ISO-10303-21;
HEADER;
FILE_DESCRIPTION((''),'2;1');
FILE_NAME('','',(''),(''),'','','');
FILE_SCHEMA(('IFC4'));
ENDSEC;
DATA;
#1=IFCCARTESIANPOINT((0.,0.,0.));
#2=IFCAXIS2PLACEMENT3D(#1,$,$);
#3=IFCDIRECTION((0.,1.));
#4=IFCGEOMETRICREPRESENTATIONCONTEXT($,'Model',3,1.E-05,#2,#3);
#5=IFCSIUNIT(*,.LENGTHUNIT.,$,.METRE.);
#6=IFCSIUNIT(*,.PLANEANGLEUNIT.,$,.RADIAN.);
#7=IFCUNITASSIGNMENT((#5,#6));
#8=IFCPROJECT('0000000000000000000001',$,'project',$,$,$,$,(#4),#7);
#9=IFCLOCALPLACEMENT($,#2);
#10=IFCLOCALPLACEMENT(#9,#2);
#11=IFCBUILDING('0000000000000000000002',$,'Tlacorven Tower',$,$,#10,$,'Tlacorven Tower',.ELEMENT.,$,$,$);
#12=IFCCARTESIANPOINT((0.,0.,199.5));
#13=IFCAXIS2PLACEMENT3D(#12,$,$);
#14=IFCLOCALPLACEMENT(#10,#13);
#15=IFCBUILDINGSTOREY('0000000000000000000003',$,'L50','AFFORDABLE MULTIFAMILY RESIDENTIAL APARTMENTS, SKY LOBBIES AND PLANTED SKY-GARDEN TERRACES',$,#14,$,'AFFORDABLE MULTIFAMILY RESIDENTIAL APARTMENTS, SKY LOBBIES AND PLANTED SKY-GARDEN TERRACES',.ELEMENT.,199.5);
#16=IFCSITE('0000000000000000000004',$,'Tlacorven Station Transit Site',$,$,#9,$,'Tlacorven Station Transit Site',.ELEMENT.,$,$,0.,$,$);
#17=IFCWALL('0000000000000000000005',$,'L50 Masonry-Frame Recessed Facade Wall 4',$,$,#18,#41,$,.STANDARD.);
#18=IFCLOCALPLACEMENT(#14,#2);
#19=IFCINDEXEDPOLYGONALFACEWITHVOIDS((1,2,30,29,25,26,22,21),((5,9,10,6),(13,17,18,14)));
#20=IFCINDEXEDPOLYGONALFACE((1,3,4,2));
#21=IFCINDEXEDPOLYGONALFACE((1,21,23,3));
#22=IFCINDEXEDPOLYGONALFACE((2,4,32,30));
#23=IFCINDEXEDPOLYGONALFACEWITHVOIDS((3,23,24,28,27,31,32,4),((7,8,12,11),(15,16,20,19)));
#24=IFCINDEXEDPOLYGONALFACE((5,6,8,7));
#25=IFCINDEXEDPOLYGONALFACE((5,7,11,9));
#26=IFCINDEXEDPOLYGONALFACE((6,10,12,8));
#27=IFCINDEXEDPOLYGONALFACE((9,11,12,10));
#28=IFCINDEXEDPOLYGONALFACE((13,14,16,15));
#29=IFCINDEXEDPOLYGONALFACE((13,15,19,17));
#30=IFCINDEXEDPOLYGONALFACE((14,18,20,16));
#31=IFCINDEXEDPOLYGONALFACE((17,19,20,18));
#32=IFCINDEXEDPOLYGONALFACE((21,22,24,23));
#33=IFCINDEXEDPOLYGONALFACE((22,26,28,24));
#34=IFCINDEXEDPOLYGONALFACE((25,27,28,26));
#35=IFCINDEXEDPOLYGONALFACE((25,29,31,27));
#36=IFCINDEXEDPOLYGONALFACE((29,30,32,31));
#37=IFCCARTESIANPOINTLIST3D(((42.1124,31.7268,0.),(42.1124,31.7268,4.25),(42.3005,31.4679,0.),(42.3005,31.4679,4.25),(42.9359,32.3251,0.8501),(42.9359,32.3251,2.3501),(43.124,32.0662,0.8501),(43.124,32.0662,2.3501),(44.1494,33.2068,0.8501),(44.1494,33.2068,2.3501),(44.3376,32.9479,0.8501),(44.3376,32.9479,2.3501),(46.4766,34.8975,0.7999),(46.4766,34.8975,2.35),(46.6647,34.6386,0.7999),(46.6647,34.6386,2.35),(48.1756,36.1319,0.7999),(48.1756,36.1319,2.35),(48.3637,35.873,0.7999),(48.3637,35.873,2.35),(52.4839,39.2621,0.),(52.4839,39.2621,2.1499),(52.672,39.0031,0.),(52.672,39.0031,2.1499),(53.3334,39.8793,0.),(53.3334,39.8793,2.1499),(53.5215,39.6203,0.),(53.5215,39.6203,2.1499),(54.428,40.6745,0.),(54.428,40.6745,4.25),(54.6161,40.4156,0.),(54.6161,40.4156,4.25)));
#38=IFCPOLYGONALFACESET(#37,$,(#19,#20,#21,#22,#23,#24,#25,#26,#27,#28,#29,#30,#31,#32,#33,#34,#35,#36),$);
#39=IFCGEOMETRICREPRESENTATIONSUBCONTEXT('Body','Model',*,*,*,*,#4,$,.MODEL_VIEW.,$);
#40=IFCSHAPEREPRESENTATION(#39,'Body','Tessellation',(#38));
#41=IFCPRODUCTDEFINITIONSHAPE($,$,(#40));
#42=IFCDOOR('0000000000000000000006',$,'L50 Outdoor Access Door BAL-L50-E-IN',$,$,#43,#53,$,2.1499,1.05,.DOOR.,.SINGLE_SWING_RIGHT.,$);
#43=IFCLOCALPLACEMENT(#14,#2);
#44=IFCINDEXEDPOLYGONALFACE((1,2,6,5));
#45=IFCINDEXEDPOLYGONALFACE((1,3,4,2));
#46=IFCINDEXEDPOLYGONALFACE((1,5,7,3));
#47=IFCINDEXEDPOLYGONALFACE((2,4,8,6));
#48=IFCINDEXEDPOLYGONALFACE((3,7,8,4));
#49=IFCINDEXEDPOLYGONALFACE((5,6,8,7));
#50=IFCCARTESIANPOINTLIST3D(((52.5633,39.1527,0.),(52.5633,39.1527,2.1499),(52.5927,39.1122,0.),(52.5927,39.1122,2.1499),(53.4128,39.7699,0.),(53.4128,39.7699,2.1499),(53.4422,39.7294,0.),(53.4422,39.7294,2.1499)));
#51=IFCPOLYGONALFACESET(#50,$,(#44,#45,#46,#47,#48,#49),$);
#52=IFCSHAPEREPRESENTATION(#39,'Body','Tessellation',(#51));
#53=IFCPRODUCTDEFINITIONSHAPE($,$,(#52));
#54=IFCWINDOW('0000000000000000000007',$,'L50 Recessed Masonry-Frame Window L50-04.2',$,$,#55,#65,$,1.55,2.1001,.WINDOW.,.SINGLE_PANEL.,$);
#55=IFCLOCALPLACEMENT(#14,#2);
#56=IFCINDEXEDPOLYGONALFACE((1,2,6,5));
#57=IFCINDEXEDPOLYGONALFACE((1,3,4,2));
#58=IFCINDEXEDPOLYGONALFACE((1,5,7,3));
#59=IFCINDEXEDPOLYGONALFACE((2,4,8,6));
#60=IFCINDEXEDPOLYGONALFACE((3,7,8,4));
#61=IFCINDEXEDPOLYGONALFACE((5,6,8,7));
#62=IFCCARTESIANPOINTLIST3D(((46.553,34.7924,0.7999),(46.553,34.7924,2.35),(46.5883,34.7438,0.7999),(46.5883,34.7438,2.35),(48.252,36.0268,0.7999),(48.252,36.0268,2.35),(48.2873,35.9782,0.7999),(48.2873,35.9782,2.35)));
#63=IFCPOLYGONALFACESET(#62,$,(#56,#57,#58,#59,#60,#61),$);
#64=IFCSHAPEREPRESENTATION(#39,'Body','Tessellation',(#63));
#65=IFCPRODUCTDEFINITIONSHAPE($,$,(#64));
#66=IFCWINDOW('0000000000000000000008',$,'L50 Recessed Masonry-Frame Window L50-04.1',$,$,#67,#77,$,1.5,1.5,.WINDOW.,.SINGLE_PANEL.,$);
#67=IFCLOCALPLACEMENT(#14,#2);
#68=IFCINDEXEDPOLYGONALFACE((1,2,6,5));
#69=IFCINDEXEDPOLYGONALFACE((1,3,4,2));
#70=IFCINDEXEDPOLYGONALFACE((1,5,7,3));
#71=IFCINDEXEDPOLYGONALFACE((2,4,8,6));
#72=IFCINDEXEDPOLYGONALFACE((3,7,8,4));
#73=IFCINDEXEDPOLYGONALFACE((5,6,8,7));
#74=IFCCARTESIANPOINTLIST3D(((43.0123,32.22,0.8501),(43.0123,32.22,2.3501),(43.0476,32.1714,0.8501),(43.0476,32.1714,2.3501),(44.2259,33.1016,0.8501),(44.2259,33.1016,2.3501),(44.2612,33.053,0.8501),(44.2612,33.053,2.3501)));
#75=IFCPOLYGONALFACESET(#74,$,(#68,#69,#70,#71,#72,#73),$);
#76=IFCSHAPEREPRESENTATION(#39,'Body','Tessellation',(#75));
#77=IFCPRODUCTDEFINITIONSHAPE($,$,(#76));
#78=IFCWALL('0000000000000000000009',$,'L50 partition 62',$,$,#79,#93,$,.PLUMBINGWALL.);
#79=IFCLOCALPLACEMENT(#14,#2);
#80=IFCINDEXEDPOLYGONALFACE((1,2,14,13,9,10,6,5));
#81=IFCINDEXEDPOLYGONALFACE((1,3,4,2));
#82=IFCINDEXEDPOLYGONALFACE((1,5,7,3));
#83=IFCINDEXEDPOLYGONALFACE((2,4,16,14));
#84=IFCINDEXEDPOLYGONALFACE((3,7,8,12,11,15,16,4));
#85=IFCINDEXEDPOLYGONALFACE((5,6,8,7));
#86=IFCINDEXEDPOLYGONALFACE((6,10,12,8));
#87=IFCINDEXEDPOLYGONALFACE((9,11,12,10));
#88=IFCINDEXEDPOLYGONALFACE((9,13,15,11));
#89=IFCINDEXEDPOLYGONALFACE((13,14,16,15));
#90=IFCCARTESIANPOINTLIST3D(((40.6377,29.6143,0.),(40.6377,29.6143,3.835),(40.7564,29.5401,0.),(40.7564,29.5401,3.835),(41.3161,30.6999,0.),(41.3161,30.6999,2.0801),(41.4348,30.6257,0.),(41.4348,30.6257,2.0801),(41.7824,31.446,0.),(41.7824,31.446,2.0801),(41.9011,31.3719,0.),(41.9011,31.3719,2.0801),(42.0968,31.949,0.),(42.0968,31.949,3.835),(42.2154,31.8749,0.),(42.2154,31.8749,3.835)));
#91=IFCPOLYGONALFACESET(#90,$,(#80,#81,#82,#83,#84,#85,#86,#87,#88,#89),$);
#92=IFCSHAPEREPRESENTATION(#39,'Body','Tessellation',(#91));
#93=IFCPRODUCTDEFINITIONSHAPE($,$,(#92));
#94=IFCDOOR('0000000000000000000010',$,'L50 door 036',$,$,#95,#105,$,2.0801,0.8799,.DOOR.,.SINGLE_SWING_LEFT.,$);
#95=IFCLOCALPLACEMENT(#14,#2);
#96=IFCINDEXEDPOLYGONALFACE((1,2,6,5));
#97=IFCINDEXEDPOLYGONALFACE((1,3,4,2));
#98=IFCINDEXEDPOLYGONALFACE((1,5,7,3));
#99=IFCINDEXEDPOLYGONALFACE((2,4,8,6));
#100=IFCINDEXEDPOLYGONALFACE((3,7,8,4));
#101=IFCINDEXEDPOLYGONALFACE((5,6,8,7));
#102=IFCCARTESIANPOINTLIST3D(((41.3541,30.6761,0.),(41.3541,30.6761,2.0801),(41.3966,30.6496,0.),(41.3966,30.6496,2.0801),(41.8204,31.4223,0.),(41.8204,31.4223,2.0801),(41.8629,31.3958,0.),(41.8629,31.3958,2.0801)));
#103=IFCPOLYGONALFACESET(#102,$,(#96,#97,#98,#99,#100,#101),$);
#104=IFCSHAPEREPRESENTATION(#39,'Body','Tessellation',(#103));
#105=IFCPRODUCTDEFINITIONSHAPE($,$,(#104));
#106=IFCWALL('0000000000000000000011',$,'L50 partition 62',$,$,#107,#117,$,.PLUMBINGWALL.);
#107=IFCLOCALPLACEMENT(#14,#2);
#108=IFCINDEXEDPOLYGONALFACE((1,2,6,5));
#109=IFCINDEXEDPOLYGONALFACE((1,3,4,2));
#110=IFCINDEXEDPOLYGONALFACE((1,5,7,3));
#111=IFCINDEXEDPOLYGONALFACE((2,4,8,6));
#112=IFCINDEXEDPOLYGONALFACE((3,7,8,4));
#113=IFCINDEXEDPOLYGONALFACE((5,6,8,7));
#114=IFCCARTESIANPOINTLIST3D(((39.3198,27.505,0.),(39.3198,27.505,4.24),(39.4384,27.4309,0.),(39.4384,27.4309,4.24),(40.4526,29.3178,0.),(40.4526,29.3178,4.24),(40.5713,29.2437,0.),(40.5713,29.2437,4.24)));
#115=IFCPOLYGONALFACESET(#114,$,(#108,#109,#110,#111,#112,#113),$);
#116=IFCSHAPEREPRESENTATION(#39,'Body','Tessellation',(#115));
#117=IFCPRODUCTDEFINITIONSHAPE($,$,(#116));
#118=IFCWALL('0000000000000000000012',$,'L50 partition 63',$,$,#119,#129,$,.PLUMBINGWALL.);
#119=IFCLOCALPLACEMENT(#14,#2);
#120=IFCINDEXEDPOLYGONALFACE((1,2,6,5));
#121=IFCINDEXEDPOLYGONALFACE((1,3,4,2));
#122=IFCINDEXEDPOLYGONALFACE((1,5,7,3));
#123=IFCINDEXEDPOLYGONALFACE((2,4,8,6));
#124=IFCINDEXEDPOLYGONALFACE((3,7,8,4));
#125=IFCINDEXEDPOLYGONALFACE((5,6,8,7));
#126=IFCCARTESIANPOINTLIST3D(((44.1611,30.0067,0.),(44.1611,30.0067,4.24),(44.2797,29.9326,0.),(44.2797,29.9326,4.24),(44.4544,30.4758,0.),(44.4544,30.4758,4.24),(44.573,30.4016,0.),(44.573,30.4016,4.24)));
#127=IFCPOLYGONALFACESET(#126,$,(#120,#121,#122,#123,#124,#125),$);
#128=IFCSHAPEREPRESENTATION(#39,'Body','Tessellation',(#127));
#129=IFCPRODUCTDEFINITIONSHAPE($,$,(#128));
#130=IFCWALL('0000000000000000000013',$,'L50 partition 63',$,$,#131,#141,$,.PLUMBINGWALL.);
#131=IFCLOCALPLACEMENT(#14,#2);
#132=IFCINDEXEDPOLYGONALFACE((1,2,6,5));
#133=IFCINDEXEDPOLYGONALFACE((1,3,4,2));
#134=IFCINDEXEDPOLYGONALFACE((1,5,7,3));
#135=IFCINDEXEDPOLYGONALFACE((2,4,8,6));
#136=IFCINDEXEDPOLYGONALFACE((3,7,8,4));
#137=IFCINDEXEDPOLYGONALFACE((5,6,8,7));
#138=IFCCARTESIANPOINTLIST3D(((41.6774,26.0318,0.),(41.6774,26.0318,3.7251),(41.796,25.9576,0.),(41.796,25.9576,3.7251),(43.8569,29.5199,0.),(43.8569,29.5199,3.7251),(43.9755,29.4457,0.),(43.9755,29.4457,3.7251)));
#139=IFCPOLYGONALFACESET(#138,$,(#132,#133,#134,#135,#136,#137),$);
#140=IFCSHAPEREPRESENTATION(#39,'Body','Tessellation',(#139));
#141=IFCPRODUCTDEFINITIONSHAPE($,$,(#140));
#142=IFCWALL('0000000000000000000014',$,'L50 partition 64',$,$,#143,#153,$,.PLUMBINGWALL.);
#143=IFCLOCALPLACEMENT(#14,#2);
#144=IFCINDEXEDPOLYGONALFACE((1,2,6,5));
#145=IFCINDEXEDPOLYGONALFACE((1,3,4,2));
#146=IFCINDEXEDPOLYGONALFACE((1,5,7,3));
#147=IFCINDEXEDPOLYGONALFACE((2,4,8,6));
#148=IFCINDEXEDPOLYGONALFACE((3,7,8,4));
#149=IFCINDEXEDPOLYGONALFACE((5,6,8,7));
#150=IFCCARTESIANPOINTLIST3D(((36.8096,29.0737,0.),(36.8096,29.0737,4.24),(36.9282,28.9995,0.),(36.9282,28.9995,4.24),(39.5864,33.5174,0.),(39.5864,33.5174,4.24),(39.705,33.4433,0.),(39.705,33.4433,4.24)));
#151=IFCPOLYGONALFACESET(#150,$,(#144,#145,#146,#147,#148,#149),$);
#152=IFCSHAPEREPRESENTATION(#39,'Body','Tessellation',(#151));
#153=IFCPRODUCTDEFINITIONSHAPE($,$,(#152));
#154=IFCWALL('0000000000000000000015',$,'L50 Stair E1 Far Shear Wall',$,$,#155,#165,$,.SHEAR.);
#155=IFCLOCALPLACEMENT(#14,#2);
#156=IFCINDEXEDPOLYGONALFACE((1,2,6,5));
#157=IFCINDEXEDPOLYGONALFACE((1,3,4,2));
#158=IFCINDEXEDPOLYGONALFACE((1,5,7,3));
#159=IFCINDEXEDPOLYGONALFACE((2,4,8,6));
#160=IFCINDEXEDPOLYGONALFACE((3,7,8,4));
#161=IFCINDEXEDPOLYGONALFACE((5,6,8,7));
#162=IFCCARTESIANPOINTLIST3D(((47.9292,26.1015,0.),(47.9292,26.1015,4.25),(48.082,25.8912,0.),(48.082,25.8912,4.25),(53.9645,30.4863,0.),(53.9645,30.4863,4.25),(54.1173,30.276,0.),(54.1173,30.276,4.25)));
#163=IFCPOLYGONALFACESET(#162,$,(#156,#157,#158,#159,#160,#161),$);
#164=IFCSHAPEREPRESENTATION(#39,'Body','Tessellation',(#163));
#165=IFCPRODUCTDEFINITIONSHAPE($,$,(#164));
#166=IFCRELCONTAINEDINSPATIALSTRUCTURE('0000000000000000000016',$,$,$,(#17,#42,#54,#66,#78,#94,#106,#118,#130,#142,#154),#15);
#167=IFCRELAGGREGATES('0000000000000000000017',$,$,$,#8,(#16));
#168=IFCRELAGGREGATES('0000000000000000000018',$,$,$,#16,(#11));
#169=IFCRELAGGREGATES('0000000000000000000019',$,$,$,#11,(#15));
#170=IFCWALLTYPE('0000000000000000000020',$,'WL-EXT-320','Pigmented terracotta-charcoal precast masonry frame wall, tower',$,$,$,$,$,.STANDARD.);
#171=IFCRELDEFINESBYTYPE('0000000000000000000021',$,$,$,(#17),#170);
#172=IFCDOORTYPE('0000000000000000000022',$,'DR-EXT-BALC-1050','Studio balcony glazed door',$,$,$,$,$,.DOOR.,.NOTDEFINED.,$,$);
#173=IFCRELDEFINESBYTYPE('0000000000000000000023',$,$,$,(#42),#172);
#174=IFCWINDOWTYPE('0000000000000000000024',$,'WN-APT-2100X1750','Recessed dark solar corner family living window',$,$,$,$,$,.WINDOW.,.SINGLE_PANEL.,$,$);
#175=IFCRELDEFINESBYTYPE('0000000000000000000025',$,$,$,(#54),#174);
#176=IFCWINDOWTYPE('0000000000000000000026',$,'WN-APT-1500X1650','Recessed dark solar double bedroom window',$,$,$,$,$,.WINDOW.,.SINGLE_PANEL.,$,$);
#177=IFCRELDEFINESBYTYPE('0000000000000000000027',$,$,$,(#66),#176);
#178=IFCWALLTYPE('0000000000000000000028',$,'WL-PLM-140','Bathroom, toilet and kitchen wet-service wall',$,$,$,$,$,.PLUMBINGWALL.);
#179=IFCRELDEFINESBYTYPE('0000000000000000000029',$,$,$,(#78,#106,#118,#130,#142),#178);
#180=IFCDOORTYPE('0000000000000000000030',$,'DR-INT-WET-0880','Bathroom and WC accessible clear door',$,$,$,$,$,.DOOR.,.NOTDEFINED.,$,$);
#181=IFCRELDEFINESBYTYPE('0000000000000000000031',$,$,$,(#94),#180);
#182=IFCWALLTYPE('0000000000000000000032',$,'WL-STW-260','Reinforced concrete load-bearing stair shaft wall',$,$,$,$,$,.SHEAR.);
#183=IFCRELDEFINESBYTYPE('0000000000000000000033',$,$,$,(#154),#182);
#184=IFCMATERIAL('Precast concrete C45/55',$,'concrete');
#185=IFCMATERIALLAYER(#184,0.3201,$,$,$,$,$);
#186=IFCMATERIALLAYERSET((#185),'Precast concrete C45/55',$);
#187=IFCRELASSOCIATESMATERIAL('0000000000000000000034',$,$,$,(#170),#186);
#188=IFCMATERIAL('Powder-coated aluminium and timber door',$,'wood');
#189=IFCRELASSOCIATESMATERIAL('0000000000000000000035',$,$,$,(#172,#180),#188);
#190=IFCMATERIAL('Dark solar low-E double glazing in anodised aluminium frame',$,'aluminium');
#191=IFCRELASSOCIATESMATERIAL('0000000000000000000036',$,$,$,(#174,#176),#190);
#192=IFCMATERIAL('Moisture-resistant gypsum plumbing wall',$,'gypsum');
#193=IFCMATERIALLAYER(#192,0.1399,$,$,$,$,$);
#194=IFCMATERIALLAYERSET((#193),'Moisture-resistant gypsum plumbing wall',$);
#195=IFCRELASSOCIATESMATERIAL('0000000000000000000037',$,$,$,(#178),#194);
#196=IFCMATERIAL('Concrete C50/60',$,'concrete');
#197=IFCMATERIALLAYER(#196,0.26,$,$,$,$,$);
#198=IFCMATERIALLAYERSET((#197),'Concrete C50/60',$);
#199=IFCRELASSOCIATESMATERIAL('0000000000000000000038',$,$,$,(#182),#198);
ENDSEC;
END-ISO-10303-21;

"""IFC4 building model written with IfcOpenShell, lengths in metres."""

from ifc_helpers import new_model, si_unit, direction, frame, frame_2d, origin, place, context, subcontext, project, spatial, rectangle, extrude, source, transform, mapped, material, layer, layer_set, type_object, element, fill, save


model = new_model("IFC4")

# Units and contexts
model_context = context("Model", 3, precision=1e-05, world=origin(), true_north=direction((0.0, 1.0)))
body_context = subcontext(model_context, "Body", "Model", "MODEL_VIEW")
ifc_project = project(units=[si_unit("LENGTHUNIT", "METRE"), si_unit("PLANEANGLEUNIT", "RADIAN")], contexts=[model_context])

# Site, building, storey
site_placement = place(None, origin())
site = spatial("IfcSite", under=ifc_project, at=site_placement, Name="Tlacorven Station Transit Site", LongName="Tlacorven Station Transit Site", CompositionType="ELEMENT", RefElevation=0.0)
building_placement = place(site_placement, origin())
building = spatial("IfcBuilding", under=site, at=building_placement, Name="Tlacorven Tower", LongName="Tlacorven Tower", CompositionType="ELEMENT")
storey_placement = place(building_placement, frame((0.0, 0.0, 199.5)))
storey = spatial("IfcBuildingStorey", under=building, at=storey_placement, Name="L50", Description="AFFORDABLE MULTIFAMILY RESIDENTIAL APARTMENTS, SKY LOBBIES AND PLANTED SKY-GARDEN TERRACES", LongName="AFFORDABLE MULTIFAMILY RESIDENTIAL APARTMENTS, SKY LOBBIES AND PLANTED SKY-GARDEN TERRACES", CompositionType="ELEMENT", Elevation=199.5)

# Shared definitions
ifc_material_1 = material(Name="Powder-coated aluminium and timber door", Category="wood")

# Wall, openings, door, windows
ifc_material_2 = material(Name="Precast concrete C45/55", Category="concrete")
ifc_layer_1 = layer(ifc_material_2, 0.3201)
ifc_layer_set_1 = layer_set([ifc_layer_1], Name="Precast concrete C45/55")
wall_type_1 = type_object("IfcWallType", Name="WL-EXT-320", Description="Pigmented terracotta-charcoal precast masonry frame wall, tower", PredefinedType="STANDARD", material=ifc_layer_set_1)
wall_1_placement = place(storey_placement, frame((42.2065, 31.5974, 0.0), z_axis=(0.0, 0.0, 1.0), x_axis=(0.80902, 0.587781, 0.0)))
wall_1 = element("IfcWall", 1, at=wall_1_placement, inside=storey, type_object=wall_type_1, Name="L50 Masonry-Frame Recessed Facade Wall 4", PredefinedType="STANDARD", context=body_context, shape_type="SweptSolid", body=[
    extrude(rectangle(XDim=15.2229, YDim=0.3201, at=frame_2d((7.6113, 0.0))), origin(), (0.0, 0.0, 1.0), 4.25),
])
opening_1_placement = place(wall_1_placement, frame((12.8198, 0.0, 0.0)))
opening_1 = element("IfcOpeningElement", 2, at=opening_1_placement, cuts=wall_1, PredefinedType="OPENING", context=body_context, shape_type="SweptSolid", body=[
    extrude(rectangle(XDim=1.05, YDim=2.1499, at=frame_2d((0.5249, 1.075))), frame((0.0, 0.1699, 0.0), z_axis=(0.0, -1.0, 0.0), x_axis=(1.0, 0.0, 0.0)), (0.0, 0.0, 1.0), 0.3401),
])
opening_2_placement = place(wall_1_placement, frame((1.0178, 0.0, 0.8501)))
opening_2 = element("IfcOpeningElement", 3, at=opening_2_placement, cuts=wall_1, PredefinedType="OPENING", context=body_context, shape_type="SweptSolid", body=[
    extrude(rectangle(XDim=1.5, YDim=1.5, at=frame_2d((0.75, 0.75))), frame((0.0, 0.1699, 0.0), z_axis=(0.0, -1.0, 0.0), x_axis=(1.0, 0.0, 0.0)), (0.0, 0.0, 1.0), 0.3401),
])
opening_3_placement = place(wall_1_placement, frame((5.3943, 0.0, 0.8)))
opening_3 = element("IfcOpeningElement", 4, at=opening_3_placement, cuts=wall_1, PredefinedType="OPENING", context=body_context, shape_type="SweptSolid", body=[
    extrude(rectangle(XDim=2.1001, YDim=1.55, at=frame_2d((1.05, 0.7749))), frame((0.0, 0.1699, 0.0), z_axis=(0.0, -1.0, 0.0), x_axis=(1.0, 0.0, 0.0)), (0.0, 0.0, 1.0), 0.3401),
])
door_type_1 = type_object("IfcDoorType", Name="DR-EXT-BALC-1050", Description="Studio balcony glazed door", OperationType="NOTDEFINED", PredefinedType="DOOR", material=ifc_material_1)
shared_shape_1 = source(origin(), body_context, "Body", "SweptSolid", [
    extrude(rectangle(XDim=1.05, YDim=2.1499, at=frame_2d((0.5249, 1.075))), frame((0.0, 0.0249, 0.0), z_axis=(0.0, -1.0, 0.0), x_axis=(1.0, 0.0, 0.0)), (0.0, 0.0, 1.0), 0.05),
])
door_1_placement = place(opening_1_placement, origin())
door_1 = element("IfcDoor", 5, at=door_1_placement, inside=storey, type_object=door_type_1, Name="L50 Outdoor Access Door BAL-L50-E-IN", OperationType="SINGLE_SWING_RIGHT", OverallHeight=2.1499, OverallWidth=1.05, PredefinedType="DOOR", context=body_context, shape_type="MappedRepresentation", body=[
    mapped(shared_shape_1, transform((0.0, 0.0, 0.0), scale=1.0)),
])
fill(opening_1, door_1)
ifc_material_3 = material(Name="Dark solar low-E double glazing in anodised aluminium frame", Category="aluminium")
window_type_1 = type_object("IfcWindowType", Name="WN-APT-2100X1750", Description="Recessed dark solar corner family living window", PartitioningType="SINGLE_PANEL", PredefinedType="WINDOW", material=ifc_material_3)
shared_shape_2 = source(origin(), body_context, "Body", "SweptSolid", [
    extrude(rectangle(XDim=2.1001, YDim=1.55, at=frame_2d((1.05, 0.7749))), frame((0.0, 0.03, 0.0), z_axis=(0.0, -1.0, 0.0), x_axis=(1.0, 0.0, 0.0)), (0.0, 0.0, 1.0), 0.0601),
])
window_1_placement = place(opening_3_placement, origin())
window_1 = element("IfcWindow", 6, at=window_1_placement, inside=storey, type_object=window_type_1, Name="L50 Recessed Masonry-Frame Window L50-04.2", OverallHeight=1.55, OverallWidth=2.1001, PartitioningType="SINGLE_PANEL", PredefinedType="WINDOW", context=body_context, shape_type="MappedRepresentation", body=[
    mapped(shared_shape_2, transform((0.0, 0.0, 0.0), scale=1.0)),
])
fill(opening_3, window_1)
window_type_2 = type_object("IfcWindowType", Name="WN-APT-1500X1650", Description="Recessed dark solar double bedroom window", PartitioningType="SINGLE_PANEL", PredefinedType="WINDOW", material=ifc_material_3)
shared_shape_3 = source(origin(), body_context, "Body", "SweptSolid", [
    extrude(rectangle(XDim=1.5, YDim=1.5, at=frame_2d((0.75, 0.75))), frame((0.0, 0.03, 0.0), z_axis=(0.0, -1.0, 0.0), x_axis=(1.0, 0.0, 0.0)), (0.0, 0.0, 1.0), 0.0601),
])
window_2_placement = place(opening_2_placement, origin())
window_2 = element("IfcWindow", 7, at=window_2_placement, inside=storey, type_object=window_type_2, Name="L50 Recessed Masonry-Frame Window L50-04.1", OverallHeight=1.5, OverallWidth=1.5, PartitioningType="SINGLE_PANEL", PredefinedType="WINDOW", context=body_context, shape_type="MappedRepresentation", body=[
    mapped(shared_shape_3, transform((0.0, 0.0, 0.0), scale=1.0)),
])
fill(opening_2, window_2)

# Wall, opening, door
ifc_material_4 = material(Name="Moisture-resistant gypsum plumbing wall", Category="gypsum")
ifc_layer_2 = layer(ifc_material_4, 0.1399)
ifc_layer_set_2 = layer_set([ifc_layer_2], Name="Moisture-resistant gypsum plumbing wall")
wall_type_2 = type_object("IfcWallType", Name="WL-PLM-140", Description="Bathroom, toilet and kitchen wet-service wall", PredefinedType="PLUMBINGWALL", material=ifc_layer_set_2)
wall_2_placement = place(storey_placement, frame((42.156, 31.9119, 0.0), z_axis=(0.0, 0.0, 1.0), x_axis=(-0.529943, -0.848033, 0.0)))
wall_2 = element("IfcWall", 8, at=wall_2_placement, inside=storey, type_object=wall_type_2, Name="L50 partition 62", PredefinedType="PLUMBINGWALL", context=body_context, shape_type="SweptSolid", body=[
    extrude(rectangle(XDim=2.7532, YDim=0.1399, at=frame_2d((1.3765, 0.0))), origin(), (0.0, 0.0, 1.0), 3.835),
])
opening_4_placement = place(wall_2_placement, frame((0.593, 0.0, 0.0)))
opening_4 = element("IfcOpeningElement", 9, at=opening_4_placement, cuts=wall_2, PredefinedType="OPENING", context=body_context, shape_type="SweptSolid", body=[
    extrude(rectangle(XDim=0.8799, YDim=2.0801, at=frame_2d((0.4399, 1.04))), frame((0.0, 0.0801, 0.0), z_axis=(0.0, -1.0, 0.0), x_axis=(1.0, 0.0, 0.0)), (0.0, 0.0, 1.0), 0.1599),
])
door_type_2 = type_object("IfcDoorType", Name="DR-INT-WET-0880", Description="Bathroom and WC accessible clear door", OperationType="NOTDEFINED", PredefinedType="DOOR", material=ifc_material_1)
shared_shape_4 = source(origin(), body_context, "Body", "SweptSolid", [
    extrude(rectangle(XDim=0.8799, YDim=2.0801, at=frame_2d((0.4399, 1.04))), frame((0.0, 0.0249, 0.0), z_axis=(0.0, -1.0, 0.0), x_axis=(1.0, 0.0, 0.0)), (0.0, 0.0, 1.0), 0.05),
])
door_2_placement = place(opening_4_placement, origin())
door_2 = element("IfcDoor", 10, at=door_2_placement, inside=storey, type_object=door_type_2, Name="L50 door 036", OperationType="SINGLE_SWING_LEFT", OverallHeight=2.0801, OverallWidth=0.8799, PredefinedType="DOOR", context=body_context, shape_type="MappedRepresentation", body=[
    mapped(shared_shape_4, transform((0.0, 0.0, 0.0), scale=1.0)),
])
fill(opening_4, door_2)

# Walls
wall_3_placement = place(storey_placement, frame((40.512, 29.2808, 0.0), z_axis=(0.0, 0.0, 1.0), x_axis=(-0.529948, -0.84803, 0.0)))
element("IfcWall", 11, at=wall_3_placement, inside=storey, type_object=wall_type_2, Name="L50 partition 62", PredefinedType="PLUMBINGWALL", context=body_context, shape_type="SweptSolid", body=[
    extrude(rectangle(XDim=2.1377, YDim=0.1399, at=frame_2d((1.0688, 0.0))), origin(), (0.0, 0.0, 1.0), 4.24),
])
wall_4_placement = place(storey_placement, frame((44.5137, 30.4387, 0.0), z_axis=(0.0, 0.0, 1.0), x_axis=(-0.530118, -0.847924, 0.0)))
element("IfcWall", 12, at=wall_4_placement, inside=storey, type_object=wall_type_2, Name="L50 partition 63", PredefinedType="PLUMBINGWALL", context=body_context, shape_type="SweptSolid", body=[
    extrude(rectangle(XDim=0.5532, YDim=0.1399, at=frame_2d((0.2766, 0.0))), origin(), (0.0, 0.0, 1.0), 4.24),
])
wall_5_placement = place(storey_placement, frame((43.9163, 29.4829, 0.0), z_axis=(0.0, 0.0, 1.0), x_axis=(-0.529898, -0.848062, 0.0)))
element("IfcWall", 13, at=wall_5_placement, inside=storey, type_object=wall_type_2, Name="L50 partition 63", PredefinedType="PLUMBINGWALL", context=body_context, shape_type="SweptSolid", body=[
    extrude(rectangle(XDim=4.113, YDim=0.1399, at=frame_2d((2.0566, 0.0))), origin(), (0.0, 0.0, 1.0), 3.7251),
])
wall_6_placement = place(storey_placement, frame((39.6458, 33.4805, 0.0), z_axis=(0.0, 0.0, 1.0), x_axis=(-0.529924, -0.848045, 0.0)))
element("IfcWall", 14, at=wall_6_placement, inside=storey, type_object=wall_type_2, Name="L50 partition 64", PredefinedType="PLUMBINGWALL", context=body_context, shape_type="SweptSolid", body=[
    extrude(rectangle(XDim=5.24, YDim=0.1399, at=frame_2d((2.6201, 0.0))), origin(), (0.0, 0.0, 1.0), 4.24),
])
ifc_material_5 = material(Name="Concrete C50/60", Category="concrete")
ifc_layer_3 = layer(ifc_material_5, 0.26)
ifc_layer_set_3 = layer_set([ifc_layer_3], Name="Concrete C50/60")
wall_type_3 = type_object("IfcWallType", Name="WL-STW-260", Description="Reinforced concrete load-bearing stair shaft wall", PredefinedType="SHEAR", material=ifc_layer_set_3)
wall_7_placement = place(storey_placement, frame((48.0056, 25.9963, 0.0), z_axis=(0.0, 0.0, 1.0), x_axis=(0.809019, 0.587782, 0.0)))
element("IfcWall", 15, at=wall_7_placement, inside=storey, type_object=wall_type_3, Name="L50 Stair E1 Far Shear Wall", PredefinedType="SHEAR", context=body_context, shape_type="SweptSolid", body=[
    extrude(rectangle(XDim=7.46, YDim=0.26, at=frame_2d((3.73, 0.0))), origin(), (0.0, 0.0, 1.0), 4.25),
])

save(model, "model.ifc")
